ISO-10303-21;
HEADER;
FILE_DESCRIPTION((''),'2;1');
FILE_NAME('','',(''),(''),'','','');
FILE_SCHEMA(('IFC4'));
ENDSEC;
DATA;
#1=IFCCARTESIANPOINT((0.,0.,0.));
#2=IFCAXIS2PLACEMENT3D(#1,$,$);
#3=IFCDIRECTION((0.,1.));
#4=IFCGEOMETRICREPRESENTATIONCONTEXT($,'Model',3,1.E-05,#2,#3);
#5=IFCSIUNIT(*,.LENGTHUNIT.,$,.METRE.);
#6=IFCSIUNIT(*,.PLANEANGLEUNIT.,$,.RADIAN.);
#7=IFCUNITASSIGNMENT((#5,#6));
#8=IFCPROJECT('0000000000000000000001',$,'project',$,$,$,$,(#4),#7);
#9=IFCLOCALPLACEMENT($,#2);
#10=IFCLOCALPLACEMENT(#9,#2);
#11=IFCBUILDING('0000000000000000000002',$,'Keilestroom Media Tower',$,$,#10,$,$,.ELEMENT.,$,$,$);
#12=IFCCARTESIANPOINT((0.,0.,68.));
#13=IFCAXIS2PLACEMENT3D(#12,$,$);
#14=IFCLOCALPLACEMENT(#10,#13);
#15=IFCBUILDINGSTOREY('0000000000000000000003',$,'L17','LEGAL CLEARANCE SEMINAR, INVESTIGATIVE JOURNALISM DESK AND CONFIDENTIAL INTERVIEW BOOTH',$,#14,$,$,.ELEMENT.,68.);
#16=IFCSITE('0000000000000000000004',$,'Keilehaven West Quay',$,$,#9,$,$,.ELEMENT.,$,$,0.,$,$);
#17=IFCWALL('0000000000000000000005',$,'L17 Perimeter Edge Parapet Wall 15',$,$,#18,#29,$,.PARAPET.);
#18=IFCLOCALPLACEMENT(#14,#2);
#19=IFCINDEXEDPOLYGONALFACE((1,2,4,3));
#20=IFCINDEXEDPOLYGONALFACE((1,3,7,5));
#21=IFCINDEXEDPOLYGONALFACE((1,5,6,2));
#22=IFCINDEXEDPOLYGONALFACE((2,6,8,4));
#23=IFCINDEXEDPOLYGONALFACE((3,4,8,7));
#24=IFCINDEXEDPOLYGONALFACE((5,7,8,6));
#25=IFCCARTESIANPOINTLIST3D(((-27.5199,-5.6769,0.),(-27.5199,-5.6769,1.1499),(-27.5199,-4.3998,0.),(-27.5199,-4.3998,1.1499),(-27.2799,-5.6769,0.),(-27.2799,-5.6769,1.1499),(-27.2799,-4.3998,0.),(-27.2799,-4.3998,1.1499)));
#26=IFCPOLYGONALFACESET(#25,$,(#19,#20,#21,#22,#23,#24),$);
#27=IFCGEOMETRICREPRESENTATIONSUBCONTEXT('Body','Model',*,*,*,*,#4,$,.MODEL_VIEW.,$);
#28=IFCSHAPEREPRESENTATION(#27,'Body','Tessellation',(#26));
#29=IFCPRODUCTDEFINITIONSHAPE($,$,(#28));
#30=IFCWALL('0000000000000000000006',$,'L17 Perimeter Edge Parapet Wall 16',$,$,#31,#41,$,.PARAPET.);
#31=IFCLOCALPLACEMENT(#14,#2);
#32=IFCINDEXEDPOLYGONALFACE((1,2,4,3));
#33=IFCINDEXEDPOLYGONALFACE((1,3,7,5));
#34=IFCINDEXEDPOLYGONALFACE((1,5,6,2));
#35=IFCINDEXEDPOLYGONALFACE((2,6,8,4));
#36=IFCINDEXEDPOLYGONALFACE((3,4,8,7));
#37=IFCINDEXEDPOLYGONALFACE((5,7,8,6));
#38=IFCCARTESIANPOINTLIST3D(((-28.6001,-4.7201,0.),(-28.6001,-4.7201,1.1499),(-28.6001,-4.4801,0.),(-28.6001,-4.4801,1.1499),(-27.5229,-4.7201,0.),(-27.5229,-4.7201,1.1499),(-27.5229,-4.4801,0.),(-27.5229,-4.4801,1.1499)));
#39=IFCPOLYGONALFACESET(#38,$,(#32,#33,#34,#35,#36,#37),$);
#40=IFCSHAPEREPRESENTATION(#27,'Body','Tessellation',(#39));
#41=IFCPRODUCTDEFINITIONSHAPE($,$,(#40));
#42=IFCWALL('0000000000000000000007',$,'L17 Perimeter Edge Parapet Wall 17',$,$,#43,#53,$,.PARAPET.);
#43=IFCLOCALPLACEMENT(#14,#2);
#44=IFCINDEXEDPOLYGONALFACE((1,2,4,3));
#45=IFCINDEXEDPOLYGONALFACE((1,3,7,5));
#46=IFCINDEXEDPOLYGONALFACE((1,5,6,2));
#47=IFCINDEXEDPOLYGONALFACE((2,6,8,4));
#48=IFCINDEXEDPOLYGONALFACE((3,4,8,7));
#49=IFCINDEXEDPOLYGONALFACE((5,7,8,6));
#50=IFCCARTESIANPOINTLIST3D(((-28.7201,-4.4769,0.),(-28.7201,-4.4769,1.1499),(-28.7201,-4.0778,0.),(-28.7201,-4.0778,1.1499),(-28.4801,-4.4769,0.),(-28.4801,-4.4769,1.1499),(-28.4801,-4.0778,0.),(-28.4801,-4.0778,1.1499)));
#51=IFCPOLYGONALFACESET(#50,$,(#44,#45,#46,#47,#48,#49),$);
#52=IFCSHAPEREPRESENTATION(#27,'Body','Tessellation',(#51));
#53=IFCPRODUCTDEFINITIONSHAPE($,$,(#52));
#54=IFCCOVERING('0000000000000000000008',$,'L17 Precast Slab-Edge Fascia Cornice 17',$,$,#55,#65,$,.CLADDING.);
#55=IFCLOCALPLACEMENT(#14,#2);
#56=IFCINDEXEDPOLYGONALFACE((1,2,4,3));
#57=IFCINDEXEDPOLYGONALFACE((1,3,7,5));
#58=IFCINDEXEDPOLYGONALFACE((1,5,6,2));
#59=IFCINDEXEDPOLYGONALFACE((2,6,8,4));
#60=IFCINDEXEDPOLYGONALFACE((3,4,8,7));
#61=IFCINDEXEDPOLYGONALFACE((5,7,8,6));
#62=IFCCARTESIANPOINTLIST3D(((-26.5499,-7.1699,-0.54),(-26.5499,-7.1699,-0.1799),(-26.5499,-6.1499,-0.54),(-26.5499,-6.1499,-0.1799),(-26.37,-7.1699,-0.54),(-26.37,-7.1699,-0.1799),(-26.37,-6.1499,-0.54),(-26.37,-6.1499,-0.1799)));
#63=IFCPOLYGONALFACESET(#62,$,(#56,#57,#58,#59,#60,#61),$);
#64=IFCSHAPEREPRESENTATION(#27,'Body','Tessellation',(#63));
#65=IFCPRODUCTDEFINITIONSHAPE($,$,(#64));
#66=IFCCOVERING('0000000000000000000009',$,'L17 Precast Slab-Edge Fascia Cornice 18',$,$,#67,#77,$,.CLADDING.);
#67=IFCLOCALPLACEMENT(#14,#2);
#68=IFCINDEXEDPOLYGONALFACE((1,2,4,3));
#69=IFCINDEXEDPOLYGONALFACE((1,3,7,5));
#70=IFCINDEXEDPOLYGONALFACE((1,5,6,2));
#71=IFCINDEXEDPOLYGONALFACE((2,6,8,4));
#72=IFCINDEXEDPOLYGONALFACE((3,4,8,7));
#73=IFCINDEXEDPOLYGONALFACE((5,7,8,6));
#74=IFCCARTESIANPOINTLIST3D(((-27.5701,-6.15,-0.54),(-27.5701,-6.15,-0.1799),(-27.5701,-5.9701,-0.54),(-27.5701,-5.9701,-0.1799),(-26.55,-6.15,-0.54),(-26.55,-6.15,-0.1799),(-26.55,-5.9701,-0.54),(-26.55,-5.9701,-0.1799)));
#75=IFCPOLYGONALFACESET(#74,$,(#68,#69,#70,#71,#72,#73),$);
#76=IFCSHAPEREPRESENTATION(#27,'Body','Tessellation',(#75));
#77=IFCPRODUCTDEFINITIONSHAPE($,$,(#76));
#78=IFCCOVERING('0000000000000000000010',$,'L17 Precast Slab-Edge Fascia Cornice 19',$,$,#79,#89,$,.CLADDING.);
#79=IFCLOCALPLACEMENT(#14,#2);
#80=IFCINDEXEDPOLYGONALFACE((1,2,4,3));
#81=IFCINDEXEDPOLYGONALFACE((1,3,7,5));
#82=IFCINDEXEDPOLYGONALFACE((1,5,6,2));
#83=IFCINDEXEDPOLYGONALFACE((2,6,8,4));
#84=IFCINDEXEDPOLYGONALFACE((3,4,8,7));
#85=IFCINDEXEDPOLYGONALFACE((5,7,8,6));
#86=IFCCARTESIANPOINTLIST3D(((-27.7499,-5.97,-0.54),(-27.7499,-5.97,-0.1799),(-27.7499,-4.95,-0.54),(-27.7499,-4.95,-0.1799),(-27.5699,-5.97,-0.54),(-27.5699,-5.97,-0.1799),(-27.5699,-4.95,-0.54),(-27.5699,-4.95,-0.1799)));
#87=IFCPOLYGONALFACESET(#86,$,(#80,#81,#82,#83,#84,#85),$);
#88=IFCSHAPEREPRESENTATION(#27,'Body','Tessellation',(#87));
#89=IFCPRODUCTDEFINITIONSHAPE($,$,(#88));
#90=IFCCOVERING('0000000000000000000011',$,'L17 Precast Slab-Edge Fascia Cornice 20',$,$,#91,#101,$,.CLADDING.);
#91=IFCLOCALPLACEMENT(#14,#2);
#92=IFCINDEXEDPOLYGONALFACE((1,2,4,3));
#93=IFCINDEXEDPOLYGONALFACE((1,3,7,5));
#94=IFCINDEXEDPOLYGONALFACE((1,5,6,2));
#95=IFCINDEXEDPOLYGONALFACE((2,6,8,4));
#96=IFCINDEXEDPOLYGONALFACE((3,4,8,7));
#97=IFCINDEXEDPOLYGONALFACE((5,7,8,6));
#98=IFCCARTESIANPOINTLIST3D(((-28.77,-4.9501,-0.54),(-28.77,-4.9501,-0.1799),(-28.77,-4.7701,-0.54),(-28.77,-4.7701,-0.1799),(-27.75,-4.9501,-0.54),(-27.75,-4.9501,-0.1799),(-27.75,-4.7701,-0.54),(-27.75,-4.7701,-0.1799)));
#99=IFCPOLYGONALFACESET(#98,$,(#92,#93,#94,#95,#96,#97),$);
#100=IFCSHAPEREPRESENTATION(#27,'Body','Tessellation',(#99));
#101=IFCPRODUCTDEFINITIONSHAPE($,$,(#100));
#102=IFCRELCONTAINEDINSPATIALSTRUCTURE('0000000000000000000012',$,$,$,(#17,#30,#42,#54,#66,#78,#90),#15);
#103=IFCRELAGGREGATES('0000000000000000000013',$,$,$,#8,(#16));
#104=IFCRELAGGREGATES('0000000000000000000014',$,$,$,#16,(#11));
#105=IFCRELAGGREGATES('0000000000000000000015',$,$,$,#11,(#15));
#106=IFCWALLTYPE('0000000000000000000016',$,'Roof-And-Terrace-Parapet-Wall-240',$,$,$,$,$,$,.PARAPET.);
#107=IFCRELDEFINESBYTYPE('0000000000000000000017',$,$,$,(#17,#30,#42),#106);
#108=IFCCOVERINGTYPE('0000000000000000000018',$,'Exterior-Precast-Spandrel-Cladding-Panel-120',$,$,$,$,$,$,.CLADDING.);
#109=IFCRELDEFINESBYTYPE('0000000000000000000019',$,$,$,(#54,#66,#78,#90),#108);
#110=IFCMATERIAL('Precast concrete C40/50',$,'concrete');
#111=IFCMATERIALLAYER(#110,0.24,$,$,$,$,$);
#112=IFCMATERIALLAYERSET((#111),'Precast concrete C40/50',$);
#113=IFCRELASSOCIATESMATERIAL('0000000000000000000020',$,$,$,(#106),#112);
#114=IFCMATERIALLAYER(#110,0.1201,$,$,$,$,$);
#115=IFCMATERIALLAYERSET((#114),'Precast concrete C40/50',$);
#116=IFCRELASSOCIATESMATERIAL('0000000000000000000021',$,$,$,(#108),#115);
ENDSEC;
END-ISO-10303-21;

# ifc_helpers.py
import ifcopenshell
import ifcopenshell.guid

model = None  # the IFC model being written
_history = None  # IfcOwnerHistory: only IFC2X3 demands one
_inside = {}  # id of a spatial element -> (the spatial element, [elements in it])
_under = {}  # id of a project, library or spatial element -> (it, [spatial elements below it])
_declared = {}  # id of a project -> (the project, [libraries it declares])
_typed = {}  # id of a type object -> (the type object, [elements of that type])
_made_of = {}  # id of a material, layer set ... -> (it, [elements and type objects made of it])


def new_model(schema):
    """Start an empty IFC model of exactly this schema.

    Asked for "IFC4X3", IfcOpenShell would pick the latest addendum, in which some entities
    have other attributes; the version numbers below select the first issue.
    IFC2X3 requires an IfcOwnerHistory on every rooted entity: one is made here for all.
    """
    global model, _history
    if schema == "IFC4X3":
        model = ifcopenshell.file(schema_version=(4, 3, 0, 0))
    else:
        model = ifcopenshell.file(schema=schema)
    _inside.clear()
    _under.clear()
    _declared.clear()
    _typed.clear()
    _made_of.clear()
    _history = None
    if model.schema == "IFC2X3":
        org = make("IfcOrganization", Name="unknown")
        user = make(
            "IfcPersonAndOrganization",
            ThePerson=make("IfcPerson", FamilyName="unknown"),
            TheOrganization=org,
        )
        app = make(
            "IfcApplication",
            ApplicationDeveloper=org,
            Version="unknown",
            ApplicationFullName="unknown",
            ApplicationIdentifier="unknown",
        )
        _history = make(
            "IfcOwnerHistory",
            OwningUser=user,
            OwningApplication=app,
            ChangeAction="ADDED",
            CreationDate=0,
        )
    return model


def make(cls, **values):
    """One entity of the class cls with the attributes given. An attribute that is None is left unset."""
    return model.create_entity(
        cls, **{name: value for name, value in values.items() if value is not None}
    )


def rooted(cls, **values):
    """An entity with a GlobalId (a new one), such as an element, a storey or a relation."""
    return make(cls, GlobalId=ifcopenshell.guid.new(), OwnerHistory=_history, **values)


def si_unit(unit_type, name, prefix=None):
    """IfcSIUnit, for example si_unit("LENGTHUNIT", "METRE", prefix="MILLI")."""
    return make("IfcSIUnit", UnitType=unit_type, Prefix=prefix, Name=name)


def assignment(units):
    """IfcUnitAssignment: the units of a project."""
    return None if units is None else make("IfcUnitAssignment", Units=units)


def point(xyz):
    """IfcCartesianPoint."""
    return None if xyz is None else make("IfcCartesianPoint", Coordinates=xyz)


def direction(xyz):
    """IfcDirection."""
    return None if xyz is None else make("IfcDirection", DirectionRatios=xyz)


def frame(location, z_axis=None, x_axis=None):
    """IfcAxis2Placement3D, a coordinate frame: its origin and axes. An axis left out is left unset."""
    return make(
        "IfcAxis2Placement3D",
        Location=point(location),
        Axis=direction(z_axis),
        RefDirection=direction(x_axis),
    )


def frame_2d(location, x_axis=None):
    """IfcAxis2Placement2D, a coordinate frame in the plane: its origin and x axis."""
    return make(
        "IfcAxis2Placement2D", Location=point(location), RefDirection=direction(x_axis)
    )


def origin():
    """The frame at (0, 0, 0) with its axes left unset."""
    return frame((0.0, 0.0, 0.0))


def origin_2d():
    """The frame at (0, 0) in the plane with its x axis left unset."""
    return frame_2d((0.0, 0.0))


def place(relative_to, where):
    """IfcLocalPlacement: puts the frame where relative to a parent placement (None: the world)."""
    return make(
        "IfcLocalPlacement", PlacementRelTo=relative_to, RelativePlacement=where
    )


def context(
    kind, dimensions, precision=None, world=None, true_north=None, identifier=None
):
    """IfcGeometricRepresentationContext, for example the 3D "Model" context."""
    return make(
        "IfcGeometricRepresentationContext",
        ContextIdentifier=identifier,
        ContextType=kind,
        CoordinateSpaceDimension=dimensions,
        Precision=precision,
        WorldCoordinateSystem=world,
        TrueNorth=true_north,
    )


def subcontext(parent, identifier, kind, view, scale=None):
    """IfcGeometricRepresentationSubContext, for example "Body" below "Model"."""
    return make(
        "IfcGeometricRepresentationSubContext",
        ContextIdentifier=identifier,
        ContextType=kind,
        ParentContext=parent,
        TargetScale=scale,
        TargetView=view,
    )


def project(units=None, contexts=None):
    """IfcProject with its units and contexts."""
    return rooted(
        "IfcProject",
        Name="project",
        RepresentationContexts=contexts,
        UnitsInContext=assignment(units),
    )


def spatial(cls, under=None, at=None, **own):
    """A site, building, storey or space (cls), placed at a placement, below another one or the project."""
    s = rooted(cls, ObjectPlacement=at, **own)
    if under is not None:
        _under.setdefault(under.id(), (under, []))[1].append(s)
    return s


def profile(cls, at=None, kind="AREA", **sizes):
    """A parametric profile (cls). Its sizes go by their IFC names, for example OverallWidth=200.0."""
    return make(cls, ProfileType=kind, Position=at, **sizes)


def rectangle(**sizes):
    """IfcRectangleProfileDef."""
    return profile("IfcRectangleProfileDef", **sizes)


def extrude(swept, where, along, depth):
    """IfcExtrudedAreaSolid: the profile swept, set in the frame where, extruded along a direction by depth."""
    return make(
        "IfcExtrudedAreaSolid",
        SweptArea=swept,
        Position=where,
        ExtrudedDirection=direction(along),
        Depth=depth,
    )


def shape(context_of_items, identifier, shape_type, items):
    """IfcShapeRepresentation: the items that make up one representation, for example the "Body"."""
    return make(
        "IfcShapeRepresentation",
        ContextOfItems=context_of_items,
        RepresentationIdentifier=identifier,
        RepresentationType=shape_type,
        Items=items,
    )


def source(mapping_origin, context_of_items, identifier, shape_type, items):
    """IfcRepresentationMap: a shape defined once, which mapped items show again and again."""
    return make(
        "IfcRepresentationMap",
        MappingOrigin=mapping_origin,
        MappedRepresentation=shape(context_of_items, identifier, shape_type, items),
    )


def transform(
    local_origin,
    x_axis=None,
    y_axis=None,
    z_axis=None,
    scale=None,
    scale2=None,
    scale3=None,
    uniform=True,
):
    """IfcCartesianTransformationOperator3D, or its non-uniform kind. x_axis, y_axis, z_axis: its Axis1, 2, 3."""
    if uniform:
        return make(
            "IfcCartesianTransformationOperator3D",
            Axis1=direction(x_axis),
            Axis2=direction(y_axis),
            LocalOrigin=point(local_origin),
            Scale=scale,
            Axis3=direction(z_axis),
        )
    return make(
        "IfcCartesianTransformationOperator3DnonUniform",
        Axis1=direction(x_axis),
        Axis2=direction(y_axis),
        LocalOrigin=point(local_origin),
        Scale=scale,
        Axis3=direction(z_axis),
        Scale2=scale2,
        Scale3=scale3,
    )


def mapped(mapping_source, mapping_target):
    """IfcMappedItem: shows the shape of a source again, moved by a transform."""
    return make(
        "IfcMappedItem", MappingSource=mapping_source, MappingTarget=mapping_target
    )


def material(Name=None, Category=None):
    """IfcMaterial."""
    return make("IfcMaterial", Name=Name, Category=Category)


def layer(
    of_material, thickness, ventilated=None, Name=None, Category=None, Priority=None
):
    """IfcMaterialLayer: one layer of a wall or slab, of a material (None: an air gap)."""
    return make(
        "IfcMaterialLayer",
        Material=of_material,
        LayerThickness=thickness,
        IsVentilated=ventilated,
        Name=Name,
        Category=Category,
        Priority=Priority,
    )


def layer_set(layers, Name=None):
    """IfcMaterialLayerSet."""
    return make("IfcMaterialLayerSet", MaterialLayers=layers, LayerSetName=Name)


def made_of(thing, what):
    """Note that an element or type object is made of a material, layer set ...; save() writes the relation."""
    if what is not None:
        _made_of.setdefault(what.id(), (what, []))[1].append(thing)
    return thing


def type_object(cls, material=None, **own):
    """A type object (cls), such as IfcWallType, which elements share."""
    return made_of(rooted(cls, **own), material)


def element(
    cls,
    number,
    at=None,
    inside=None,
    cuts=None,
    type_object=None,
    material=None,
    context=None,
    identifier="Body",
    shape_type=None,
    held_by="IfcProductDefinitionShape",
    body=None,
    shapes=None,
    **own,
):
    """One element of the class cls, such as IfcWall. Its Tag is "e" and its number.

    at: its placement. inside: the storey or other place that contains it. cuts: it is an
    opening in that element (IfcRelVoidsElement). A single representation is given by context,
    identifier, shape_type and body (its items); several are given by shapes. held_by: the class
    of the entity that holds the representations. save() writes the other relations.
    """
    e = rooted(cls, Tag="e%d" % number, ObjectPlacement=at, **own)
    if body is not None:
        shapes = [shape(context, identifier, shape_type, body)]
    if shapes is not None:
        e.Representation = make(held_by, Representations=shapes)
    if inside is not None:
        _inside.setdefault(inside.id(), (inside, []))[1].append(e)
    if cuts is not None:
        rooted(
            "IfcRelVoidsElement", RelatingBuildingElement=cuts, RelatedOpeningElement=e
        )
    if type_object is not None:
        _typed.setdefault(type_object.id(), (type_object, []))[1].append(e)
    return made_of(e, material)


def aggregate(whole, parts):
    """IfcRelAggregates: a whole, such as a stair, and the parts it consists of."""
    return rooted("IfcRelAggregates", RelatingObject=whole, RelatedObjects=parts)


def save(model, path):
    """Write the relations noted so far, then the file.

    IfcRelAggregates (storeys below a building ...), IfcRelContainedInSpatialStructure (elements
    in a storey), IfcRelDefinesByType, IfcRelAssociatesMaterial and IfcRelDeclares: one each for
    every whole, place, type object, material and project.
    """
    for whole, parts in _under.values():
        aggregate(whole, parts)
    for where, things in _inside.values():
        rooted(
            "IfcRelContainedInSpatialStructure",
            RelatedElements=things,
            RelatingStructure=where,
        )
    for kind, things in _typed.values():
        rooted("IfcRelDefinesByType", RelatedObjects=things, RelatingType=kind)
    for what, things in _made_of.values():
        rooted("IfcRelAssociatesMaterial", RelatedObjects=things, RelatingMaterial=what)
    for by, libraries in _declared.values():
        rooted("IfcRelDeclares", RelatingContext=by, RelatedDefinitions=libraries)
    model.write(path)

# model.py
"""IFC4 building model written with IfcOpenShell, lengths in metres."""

from ifc_helpers import new_model, si_unit, direction, frame, frame_2d, origin, origin_2d, place, context, subcontext, project, spatial, rectangle, extrude, source, transform, mapped, material, layer, layer_set, type_object, element, save


model = new_model("IFC4")

# Units and contexts
model_context = context("Model", 3, precision=1e-05, world=origin(), true_north=direction((0.0, 1.0)))
body_context = subcontext(model_context, "Body", "Model", "MODEL_VIEW")
ifc_project = project(units=[si_unit("LENGTHUNIT", "METRE"), si_unit("PLANEANGLEUNIT", "RADIAN")], contexts=[model_context])

# Site, building, storey
site_placement = place(None, origin())
site = spatial("IfcSite", under=ifc_project, at=site_placement, Name="Keilehaven West Quay", CompositionType="ELEMENT", RefElevation=0.0)
building_placement = place(site_placement, origin())
building = spatial("IfcBuilding", under=site, at=building_placement, Name="Keilestroom Media Tower", CompositionType="ELEMENT")
storey_placement = place(building_placement, frame((0.0, 0.0, 68.0)))
storey = spatial("IfcBuildingStorey", under=building, at=storey_placement, Name="L17", Description="LEGAL CLEARANCE SEMINAR, INVESTIGATIVE JOURNALISM DESK AND CONFIDENTIAL INTERVIEW BOOTH", CompositionType="ELEMENT", Elevation=68.0)

# Shared definitions
ifc_material_1 = material(Name="Precast concrete C40/50", Category="concrete")

# Walls
ifc_layer_1 = layer(ifc_material_1, 0.24)
ifc_layer_set_1 = layer_set([ifc_layer_1], Name="Precast concrete C40/50")
wall_type = type_object("IfcWallType", Name="Roof-And-Terrace-Parapet-Wall-240", PredefinedType="PARAPET", material=ifc_layer_set_1)
wall_1_placement = place(storey_placement, frame((-27.3999, -5.677, 0.0), z_axis=(0.0, 0.0, 1.0), x_axis=(0.0, 1.0, 0.0)))
element("IfcWall", 1, at=wall_1_placement, inside=storey, type_object=wall_type, Name="L17 Perimeter Edge Parapet Wall 15", PredefinedType="PARAPET", context=body_context, shape_type="SweptSolid", body=[
    extrude(rectangle(XDim=1.2771, YDim=0.24, at=frame_2d((0.6387, 0.0))), origin(), (0.0, 0.0, 1.0), 1.1499),
])
wall_2_placement = place(storey_placement, frame((-27.5229, -4.6001, 0.0), z_axis=(0.0, 0.0, 1.0), x_axis=(-1.0, 0.0, 0.0)))
element("IfcWall", 2, at=wall_2_placement, inside=storey, type_object=wall_type, Name="L17 Perimeter Edge Parapet Wall 16", PredefinedType="PARAPET", context=body_context, shape_type="SweptSolid", body=[
    extrude(rectangle(XDim=1.0771, YDim=0.24, at=frame_2d((0.5386, 0.0))), origin(), (0.0, 0.0, 1.0), 1.1499),
])
wall_3_placement = place(storey_placement, frame((-28.6001, -4.4771, 0.0), z_axis=(0.0, 0.0, 1.0), x_axis=(0.0, 1.0, 0.0)))
element("IfcWall", 3, at=wall_3_placement, inside=storey, type_object=wall_type, Name="L17 Perimeter Edge Parapet Wall 17", PredefinedType="PARAPET", context=body_context, shape_type="SweptSolid", body=[
    extrude(rectangle(XDim=0.3992, YDim=0.24, at=frame_2d((0.1997, 0.0))), origin(), (0.0, 0.0, 1.0), 1.1499),
])

# Coverings
ifc_layer_2 = layer(ifc_material_1, 0.1201)
ifc_layer_set_2 = layer_set([ifc_layer_2], Name="Precast concrete C40/50")
covering_type = type_object("IfcCoveringType", Name="Exterior-Precast-Spandrel-Cladding-Panel-120", PredefinedType="CLADDING", material=ifc_layer_set_2)
shared_shape_1 = source(origin(), body_context, "Body", "SweptSolid", [
    extrude(rectangle(XDim=1.02, YDim=0.1799, at=origin_2d()), origin(), (0.0, 0.0, 1.0), 0.3601),
])
for number, where, z_axis, x_axis, name in (
    (4, (-26.46, -6.6599, -0.54), (0.0, 0.0, 1.0), (0.0, 1.0, 0.0), "L17 Precast Slab-Edge Fascia Cornice 17"),
    (5, (-27.0601, -6.0601, -0.54), (0.0, 0.0, 1.0), (-1.0, 0.0, 0.0), "L17 Precast Slab-Edge Fascia Cornice 18"),
    (6, (-27.6599, -5.46, -0.54), (0.0, 0.0, 1.0), (0.0, 1.0, 0.0), "L17 Precast Slab-Edge Fascia Cornice 19"),
    (7, (-28.26, -4.8601, -0.54), (0.0, 0.0, 1.0), (-1.0, 0.0, 0.0), "L17 Precast Slab-Edge Fascia Cornice 20"),
):
    element("IfcCovering", number, at=place(storey_placement, frame(where, z_axis=z_axis, x_axis=x_axis)), inside=storey, type_object=covering_type, Name=name, PredefinedType="CLADDING", context=body_context, shape_type="MappedRepresentation", body=[
        mapped(shared_shape_1, transform((0.0, 0.0, 0.0), x_axis=(1.0, 0.0, 0.0), y_axis=(0.0, 1.0, 0.0), z_axis=(0.0, 0.0, 1.0), scale=1.0)),
    ])

save(model, "model.ifc")
